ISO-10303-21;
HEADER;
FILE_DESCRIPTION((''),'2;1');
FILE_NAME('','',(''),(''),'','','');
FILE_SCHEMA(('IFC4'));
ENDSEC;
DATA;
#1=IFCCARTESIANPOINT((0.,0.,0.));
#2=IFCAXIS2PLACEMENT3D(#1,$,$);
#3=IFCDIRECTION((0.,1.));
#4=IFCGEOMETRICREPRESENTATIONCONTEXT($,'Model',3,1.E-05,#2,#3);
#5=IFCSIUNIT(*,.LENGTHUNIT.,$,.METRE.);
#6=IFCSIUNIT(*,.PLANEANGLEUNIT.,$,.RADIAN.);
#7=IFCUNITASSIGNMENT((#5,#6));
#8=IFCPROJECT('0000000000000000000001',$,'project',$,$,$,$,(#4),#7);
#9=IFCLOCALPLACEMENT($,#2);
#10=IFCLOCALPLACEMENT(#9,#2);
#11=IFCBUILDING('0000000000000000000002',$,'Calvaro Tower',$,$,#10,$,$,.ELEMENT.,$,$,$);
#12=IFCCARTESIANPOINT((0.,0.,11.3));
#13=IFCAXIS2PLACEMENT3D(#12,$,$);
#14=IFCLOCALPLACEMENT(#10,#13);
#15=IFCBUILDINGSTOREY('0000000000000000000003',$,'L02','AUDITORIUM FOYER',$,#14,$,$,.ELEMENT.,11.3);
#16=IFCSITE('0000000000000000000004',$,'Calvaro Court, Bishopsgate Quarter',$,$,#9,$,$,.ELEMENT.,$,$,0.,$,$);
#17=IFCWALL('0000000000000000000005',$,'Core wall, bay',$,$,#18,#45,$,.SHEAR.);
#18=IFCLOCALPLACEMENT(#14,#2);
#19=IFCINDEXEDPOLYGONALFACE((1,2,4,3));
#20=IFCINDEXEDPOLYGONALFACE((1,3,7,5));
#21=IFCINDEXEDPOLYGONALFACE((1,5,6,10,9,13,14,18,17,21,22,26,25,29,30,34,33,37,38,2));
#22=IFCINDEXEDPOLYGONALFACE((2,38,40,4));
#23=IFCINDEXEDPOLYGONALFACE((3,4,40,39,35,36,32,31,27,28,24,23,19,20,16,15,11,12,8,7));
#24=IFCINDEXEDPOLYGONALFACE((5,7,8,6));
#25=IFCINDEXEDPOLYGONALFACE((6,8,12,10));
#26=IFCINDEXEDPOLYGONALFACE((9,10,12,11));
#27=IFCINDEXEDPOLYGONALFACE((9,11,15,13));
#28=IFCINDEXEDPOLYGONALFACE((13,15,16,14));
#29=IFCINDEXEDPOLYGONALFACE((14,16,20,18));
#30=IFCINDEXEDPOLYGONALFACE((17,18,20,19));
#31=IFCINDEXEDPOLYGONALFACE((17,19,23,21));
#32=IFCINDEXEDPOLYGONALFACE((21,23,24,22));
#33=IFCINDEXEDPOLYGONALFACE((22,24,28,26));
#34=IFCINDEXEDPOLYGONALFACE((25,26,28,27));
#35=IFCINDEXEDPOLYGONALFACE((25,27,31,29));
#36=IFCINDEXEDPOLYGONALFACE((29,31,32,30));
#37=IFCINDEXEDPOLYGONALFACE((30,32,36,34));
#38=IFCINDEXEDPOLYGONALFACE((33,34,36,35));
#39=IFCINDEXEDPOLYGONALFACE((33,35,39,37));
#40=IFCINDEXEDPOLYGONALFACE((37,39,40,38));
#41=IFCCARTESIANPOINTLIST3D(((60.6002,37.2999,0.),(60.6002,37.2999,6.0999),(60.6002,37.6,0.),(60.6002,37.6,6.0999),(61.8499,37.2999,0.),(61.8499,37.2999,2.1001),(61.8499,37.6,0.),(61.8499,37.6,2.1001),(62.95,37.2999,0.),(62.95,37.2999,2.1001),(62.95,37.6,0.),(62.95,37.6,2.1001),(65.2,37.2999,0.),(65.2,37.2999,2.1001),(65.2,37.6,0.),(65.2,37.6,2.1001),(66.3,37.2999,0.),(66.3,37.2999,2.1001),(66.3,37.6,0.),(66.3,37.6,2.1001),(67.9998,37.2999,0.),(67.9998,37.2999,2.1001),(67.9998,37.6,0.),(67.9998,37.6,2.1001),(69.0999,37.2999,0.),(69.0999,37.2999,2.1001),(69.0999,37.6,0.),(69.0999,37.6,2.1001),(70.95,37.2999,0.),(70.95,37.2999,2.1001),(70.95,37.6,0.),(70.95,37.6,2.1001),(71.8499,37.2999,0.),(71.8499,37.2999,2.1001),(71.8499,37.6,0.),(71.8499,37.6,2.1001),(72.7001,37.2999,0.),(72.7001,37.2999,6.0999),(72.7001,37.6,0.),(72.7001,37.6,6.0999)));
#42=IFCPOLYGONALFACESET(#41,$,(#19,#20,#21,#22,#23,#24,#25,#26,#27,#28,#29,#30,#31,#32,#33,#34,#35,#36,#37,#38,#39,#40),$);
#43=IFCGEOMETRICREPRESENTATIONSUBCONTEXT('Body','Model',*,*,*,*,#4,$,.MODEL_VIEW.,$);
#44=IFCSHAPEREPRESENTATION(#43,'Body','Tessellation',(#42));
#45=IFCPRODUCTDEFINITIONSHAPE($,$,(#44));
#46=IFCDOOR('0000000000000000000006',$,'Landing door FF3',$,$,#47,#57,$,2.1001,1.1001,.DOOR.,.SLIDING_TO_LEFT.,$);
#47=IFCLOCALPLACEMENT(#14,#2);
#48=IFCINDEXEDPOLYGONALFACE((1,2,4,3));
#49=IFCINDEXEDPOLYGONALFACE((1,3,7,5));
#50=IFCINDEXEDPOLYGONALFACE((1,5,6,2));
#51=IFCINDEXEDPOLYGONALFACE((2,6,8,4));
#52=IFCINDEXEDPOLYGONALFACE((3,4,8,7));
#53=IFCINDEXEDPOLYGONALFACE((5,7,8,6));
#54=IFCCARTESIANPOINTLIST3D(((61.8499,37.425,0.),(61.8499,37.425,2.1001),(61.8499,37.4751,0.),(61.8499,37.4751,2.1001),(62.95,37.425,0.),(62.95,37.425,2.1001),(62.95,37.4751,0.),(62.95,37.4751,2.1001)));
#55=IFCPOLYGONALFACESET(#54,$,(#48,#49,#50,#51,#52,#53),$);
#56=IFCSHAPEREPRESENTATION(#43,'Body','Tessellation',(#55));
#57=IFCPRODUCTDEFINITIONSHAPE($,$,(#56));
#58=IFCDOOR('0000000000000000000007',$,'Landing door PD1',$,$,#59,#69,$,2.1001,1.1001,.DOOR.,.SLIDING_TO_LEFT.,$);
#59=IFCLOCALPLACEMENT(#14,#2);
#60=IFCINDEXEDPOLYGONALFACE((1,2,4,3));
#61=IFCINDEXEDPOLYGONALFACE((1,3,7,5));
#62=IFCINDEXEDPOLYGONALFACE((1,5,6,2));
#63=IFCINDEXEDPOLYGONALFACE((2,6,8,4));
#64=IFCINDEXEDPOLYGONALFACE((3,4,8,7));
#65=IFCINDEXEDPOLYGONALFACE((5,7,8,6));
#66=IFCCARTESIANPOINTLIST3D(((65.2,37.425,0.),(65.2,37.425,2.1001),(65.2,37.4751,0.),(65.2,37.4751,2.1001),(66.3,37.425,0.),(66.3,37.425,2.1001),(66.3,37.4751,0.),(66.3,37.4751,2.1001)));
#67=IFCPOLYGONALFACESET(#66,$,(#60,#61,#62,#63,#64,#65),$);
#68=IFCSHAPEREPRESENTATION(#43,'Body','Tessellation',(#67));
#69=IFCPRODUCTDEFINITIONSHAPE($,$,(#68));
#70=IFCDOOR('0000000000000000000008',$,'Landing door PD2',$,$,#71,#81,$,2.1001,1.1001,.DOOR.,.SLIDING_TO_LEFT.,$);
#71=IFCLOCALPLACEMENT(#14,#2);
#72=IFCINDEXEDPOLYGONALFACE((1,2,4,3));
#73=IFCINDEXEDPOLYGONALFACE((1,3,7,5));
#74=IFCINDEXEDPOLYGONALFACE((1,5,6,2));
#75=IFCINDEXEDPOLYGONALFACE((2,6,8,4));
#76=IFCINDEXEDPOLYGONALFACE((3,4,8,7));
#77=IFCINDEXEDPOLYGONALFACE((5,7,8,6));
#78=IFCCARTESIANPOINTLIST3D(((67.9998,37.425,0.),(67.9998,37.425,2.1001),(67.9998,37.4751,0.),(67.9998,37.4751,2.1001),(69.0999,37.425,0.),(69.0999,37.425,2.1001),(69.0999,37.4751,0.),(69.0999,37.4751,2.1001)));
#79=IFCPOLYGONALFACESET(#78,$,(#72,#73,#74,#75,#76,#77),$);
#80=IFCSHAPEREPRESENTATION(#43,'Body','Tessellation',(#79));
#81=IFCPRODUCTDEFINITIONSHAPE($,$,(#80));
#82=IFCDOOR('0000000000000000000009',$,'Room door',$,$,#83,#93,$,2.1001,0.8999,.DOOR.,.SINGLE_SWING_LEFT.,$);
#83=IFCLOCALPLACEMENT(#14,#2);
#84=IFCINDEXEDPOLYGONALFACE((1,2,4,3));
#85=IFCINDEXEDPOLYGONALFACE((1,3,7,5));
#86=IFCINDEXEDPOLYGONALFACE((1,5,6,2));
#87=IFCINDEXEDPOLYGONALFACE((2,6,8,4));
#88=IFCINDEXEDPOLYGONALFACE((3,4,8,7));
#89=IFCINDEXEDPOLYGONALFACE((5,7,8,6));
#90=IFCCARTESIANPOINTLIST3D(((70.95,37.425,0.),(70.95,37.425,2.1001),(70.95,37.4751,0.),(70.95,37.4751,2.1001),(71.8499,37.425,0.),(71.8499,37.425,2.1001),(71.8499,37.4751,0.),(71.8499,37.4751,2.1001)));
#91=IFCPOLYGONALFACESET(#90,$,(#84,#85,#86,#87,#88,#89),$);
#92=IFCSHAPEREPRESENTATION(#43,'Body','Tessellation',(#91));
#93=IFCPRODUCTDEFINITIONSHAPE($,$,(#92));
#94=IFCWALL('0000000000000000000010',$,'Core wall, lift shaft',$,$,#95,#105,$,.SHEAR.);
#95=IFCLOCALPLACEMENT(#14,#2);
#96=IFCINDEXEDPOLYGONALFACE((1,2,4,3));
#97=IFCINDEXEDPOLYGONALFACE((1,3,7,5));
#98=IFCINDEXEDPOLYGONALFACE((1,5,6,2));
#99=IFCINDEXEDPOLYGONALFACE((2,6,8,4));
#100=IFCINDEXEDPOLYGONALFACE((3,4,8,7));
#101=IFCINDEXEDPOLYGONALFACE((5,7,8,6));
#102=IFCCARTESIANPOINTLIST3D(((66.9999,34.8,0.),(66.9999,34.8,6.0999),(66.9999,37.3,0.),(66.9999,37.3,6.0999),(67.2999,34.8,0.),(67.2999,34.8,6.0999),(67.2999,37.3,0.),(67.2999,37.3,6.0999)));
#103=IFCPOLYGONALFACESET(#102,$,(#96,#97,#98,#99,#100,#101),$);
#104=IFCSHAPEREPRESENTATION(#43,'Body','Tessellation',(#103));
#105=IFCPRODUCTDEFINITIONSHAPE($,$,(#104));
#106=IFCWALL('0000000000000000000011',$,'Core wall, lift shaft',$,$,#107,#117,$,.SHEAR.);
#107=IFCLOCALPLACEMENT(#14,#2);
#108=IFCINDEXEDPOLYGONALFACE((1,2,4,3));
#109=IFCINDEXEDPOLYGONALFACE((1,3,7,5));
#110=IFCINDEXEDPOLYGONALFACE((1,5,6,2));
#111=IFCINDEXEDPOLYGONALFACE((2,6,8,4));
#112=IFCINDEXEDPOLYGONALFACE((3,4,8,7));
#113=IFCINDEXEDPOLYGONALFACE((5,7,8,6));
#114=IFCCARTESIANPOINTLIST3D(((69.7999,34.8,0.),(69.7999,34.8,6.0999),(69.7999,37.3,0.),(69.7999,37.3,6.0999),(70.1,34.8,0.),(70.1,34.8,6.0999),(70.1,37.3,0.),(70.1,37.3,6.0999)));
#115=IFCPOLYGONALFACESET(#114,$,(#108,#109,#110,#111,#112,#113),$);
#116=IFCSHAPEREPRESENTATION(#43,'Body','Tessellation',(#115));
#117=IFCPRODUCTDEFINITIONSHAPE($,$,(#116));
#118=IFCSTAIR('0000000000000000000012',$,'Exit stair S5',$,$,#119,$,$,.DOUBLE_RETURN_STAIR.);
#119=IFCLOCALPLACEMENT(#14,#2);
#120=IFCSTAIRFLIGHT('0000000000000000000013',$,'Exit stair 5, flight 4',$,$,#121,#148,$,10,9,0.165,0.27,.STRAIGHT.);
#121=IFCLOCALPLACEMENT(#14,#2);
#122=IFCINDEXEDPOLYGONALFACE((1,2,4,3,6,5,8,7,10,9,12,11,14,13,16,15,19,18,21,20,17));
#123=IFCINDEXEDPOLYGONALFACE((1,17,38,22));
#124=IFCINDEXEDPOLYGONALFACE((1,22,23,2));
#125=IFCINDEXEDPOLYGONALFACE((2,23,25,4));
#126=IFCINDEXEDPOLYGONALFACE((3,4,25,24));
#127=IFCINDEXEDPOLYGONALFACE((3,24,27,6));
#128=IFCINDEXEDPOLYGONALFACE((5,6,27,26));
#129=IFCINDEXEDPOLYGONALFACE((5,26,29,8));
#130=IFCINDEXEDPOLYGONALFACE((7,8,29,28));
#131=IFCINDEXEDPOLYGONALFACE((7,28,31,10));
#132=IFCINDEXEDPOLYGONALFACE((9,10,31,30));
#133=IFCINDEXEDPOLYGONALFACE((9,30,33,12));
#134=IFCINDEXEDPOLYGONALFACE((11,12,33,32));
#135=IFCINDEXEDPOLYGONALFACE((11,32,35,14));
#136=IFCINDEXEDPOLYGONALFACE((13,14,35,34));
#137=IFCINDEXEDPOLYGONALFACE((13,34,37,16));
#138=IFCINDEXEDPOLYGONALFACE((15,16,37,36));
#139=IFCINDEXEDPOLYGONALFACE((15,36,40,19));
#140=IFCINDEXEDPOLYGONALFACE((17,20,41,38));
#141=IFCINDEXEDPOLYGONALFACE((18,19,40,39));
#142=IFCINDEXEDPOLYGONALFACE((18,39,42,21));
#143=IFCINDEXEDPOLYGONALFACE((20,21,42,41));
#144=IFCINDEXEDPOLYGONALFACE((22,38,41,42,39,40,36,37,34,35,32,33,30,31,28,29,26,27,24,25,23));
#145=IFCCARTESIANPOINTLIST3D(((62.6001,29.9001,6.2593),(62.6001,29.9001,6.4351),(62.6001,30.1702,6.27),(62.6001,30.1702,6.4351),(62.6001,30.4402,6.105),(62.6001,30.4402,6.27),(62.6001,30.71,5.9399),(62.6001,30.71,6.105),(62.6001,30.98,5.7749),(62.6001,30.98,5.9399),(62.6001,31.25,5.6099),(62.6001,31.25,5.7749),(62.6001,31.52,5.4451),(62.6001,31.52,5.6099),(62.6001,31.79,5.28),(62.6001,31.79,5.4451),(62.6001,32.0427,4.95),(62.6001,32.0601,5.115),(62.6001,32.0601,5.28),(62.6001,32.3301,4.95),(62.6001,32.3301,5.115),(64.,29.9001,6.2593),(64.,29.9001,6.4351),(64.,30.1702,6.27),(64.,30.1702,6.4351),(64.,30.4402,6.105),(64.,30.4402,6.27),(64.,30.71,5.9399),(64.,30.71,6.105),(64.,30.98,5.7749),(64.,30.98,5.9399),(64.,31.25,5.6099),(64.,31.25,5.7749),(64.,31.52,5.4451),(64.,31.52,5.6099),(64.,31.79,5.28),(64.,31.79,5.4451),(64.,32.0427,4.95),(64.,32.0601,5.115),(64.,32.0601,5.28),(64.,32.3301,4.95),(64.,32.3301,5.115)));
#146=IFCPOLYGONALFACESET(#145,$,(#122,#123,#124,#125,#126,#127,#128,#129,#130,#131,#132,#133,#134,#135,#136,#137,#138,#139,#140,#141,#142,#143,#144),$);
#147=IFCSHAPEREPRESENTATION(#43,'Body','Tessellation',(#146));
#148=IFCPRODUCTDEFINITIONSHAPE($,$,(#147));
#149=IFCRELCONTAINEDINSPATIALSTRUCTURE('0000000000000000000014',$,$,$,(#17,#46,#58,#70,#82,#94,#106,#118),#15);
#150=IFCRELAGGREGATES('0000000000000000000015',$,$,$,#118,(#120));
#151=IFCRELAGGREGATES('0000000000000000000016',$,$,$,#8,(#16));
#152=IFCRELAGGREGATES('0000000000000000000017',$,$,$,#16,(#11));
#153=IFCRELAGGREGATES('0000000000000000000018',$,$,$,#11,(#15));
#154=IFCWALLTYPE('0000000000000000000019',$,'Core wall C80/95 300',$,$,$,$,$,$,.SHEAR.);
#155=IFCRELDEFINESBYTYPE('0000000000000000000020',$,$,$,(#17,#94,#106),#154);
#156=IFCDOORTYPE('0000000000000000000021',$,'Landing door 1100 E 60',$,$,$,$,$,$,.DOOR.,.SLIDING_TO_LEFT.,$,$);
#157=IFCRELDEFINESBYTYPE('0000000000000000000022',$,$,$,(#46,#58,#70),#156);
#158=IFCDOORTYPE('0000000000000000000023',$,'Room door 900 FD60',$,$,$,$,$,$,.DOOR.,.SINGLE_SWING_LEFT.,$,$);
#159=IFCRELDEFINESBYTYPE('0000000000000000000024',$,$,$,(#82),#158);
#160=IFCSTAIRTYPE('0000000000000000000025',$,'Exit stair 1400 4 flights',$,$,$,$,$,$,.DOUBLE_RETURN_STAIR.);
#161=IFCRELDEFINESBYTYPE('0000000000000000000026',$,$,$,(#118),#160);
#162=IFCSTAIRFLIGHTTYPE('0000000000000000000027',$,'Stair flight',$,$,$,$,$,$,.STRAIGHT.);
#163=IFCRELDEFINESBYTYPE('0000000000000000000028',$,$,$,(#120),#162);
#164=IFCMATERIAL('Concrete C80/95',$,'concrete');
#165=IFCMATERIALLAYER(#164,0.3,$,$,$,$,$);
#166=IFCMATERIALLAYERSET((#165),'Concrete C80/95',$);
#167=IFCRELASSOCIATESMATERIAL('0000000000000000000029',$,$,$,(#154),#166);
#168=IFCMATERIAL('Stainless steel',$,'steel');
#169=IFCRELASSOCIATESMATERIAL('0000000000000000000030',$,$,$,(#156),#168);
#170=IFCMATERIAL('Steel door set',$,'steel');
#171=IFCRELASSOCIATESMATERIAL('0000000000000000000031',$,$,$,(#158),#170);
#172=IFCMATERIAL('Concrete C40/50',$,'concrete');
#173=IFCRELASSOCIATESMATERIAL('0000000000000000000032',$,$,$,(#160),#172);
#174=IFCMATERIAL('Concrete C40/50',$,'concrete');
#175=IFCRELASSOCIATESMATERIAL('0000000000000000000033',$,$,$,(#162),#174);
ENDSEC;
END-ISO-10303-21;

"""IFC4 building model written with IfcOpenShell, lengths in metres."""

from ifc_helpers import new_model, si_unit, direction, frame, frame_2d, origin, place, context, subcontext, project, spatial, polyline, rectangle, outline, extrude, material, layer, layer_set, type_object, element, fill, aggregate, save


model = new_model("IFC4")

# Units and contexts
model_context = context("Model", 3, precision=1e-05, world=origin(), true_north=direction((0.0, 1.0)))
body_context = subcontext(model_context, "Body", "Model", "MODEL_VIEW")
ifc_project = project(units=[si_unit("LENGTHUNIT", "METRE"), si_unit("PLANEANGLEUNIT", "RADIAN")], contexts=[model_context])

# Site, building, storey
site_placement = place(None, origin())
site = spatial("IfcSite", under=ifc_project, at=site_placement, Name="Calvaro Court, Bishopsgate Quarter", CompositionType="ELEMENT", RefElevation=0.0)
building_placement = place(site_placement, origin())
building = spatial("IfcBuilding", under=site, at=building_placement, Name="Calvaro Tower", CompositionType="ELEMENT")
storey_placement = place(building_placement, frame((0.0, 0.0, 11.3)))
storey = spatial("IfcBuildingStorey", under=building, at=storey_placement, Name="L02", Description="AUDITORIUM FOYER", CompositionType="ELEMENT", Elevation=11.3)

# Shared definitions
ifc_material_1 = material(Name="Concrete C80/95", Category="concrete")
ifc_layer_1 = layer(ifc_material_1, 0.3)
ifc_layer_set_1 = layer_set([ifc_layer_1], Name="Concrete C80/95")
wall_type_1 = type_object("IfcWallType", Name="Core wall C80/95 300", PredefinedType="SHEAR", material=ifc_layer_set_1)

# Wall, openings, doors
wall_1_placement = place(storey_placement, frame((72.7, 37.45, 0.0), z_axis=(0.0, 0.0, 1.0), x_axis=(-1.0, 0.0, 0.0)))
wall_1 = element("IfcWall", 1, at=wall_1_placement, inside=storey, type_object=wall_type_1, Name="Core wall, bay", PredefinedType="SHEAR", context=body_context, shape_type="SweptSolid", body=[
    extrude(rectangle(XDim=12.0999, YDim=0.3, at=frame_2d((6.0498, 0.0))), origin(), (0.0, 0.0, 1.0), 6.0999),
])
opening_1_placement = place(wall_1_placement, frame((0.8501, 0.0, 0.0)))
opening_1 = element("IfcOpeningElement", 2, at=opening_1_placement, cuts=wall_1, PredefinedType="OPENING", context=body_context, shape_type="SweptSolid", body=[
    extrude(rectangle(XDim=0.8999, YDim=2.1001, at=frame_2d((0.45, 1.05))), frame((0.0, 0.1599, 0.0), z_axis=(0.0, -1.0, 0.0), x_axis=(1.0, 0.0, 0.0)), (0.0, 0.0, 1.0), 0.3201),
])
opening_2_placement = place(wall_1_placement, frame((9.75, 0.0, 0.0)))
opening_2 = element("IfcOpeningElement", 3, at=opening_2_placement, cuts=wall_1, PredefinedType="OPENING", context=body_context, shape_type="SweptSolid", body=[
    extrude(rectangle(XDim=1.1001, YDim=2.1001, at=frame_2d((0.55, 1.05))), frame((0.0, 0.1599, 0.0), z_axis=(0.0, -1.0, 0.0), x_axis=(1.0, 0.0, 0.0)), (0.0, 0.0, 1.0), 0.3201),
])
opening_3_placement = place(wall_1_placement, frame((6.3999, 0.0, 0.0)))
opening_3 = element("IfcOpeningElement", 4, at=opening_3_placement, cuts=wall_1, PredefinedType="OPENING", context=body_context, shape_type="SweptSolid", body=[
    extrude(rectangle(XDim=1.1001, YDim=2.1001, at=frame_2d((0.55, 1.05))), frame((0.0, 0.1599, 0.0), z_axis=(0.0, -1.0, 0.0), x_axis=(1.0, 0.0, 0.0)), (0.0, 0.0, 1.0), 0.3201),
])
opening_4_placement = place(wall_1_placement, frame((3.6001, 0.0, 0.0)))
opening_4 = element("IfcOpeningElement", 5, at=opening_4_placement, cuts=wall_1, PredefinedType="OPENING", context=body_context, shape_type="SweptSolid", body=[
    extrude(rectangle(XDim=1.1001, YDim=2.1001, at=frame_2d((0.55, 1.05))), frame((0.0, 0.1599, 0.0), z_axis=(0.0, -1.0, 0.0), x_axis=(1.0, 0.0, 0.0)), (0.0, 0.0, 1.0), 0.3201),
])
ifc_material_2 = material(Name="Stainless steel", Category="steel")
door_type_1 = type_object("IfcDoorType", Name="Landing door 1100 E 60", OperationType="SLIDING_TO_LEFT", PredefinedType="DOOR", material=ifc_material_2)
door_1_placement = place(opening_2_placement, origin())
door_1 = element("IfcDoor", 6, at=door_1_placement, inside=storey, type_object=door_type_1, Name="Landing door FF3", OperationType="SLIDING_TO_LEFT", OverallHeight=2.1001, OverallWidth=1.1001, PredefinedType="DOOR", context=body_context, shape_type="SweptSolid", body=[
    extrude(rectangle(XDim=1.1001, YDim=2.1001, at=frame_2d((0.55, 1.05))), frame((0.0, 0.0249, 0.0), z_axis=(0.0, -1.0, 0.0), x_axis=(1.0, 0.0, 0.0)), (0.0, 0.0, 1.0), 0.05),
])
fill(opening_2, door_1)
door_2_placement = place(opening_3_placement, origin())
door_2 = element("IfcDoor", 7, at=door_2_placement, inside=storey, type_object=door_type_1, Name="Landing door PD1", OperationType="SLIDING_TO_LEFT", OverallHeight=2.1001, OverallWidth=1.1001, PredefinedType="DOOR", context=body_context, shape_type="SweptSolid", body=[
    extrude(rectangle(XDim=1.1001, YDim=2.1001, at=frame_2d((0.55, 1.05))), frame((0.0, 0.0249, 0.0), z_axis=(0.0, -1.0, 0.0), x_axis=(1.0, 0.0, 0.0)), (0.0, 0.0, 1.0), 0.05),
])
fill(opening_3, door_2)
door_3_placement = place(opening_4_placement, origin())
door_3 = element("IfcDoor", 8, at=door_3_placement, inside=storey, type_object=door_type_1, Name="Landing door PD2", OperationType="SLIDING_TO_LEFT", OverallHeight=2.1001, OverallWidth=1.1001, PredefinedType="DOOR", context=body_context, shape_type="SweptSolid", body=[
    extrude(rectangle(XDim=1.1001, YDim=2.1001, at=frame_2d((0.55, 1.05))), frame((0.0, 0.0249, 0.0), z_axis=(0.0, -1.0, 0.0), x_axis=(1.0, 0.0, 0.0)), (0.0, 0.0, 1.0), 0.05),
])
fill(opening_4, door_3)
ifc_material_3 = material(Name="Steel door set", Category="steel")
door_type_2 = type_object("IfcDoorType", Name="Room door 900 FD60", OperationType="SINGLE_SWING_LEFT", PredefinedType="DOOR", material=ifc_material_3)
door_4_placement = place(opening_1_placement, origin())
door_4 = element("IfcDoor", 9, at=door_4_placement, inside=storey, type_object=door_type_2, Name="Room door", OperationType="SINGLE_SWING_LEFT", OverallHeight=2.1001, OverallWidth=0.8999, PredefinedType="DOOR", context=body_context, shape_type="SweptSolid", body=[
    extrude(rectangle(XDim=0.8999, YDim=2.1001, at=frame_2d((0.45, 1.05))), frame((0.0, 0.0249, 0.0), z_axis=(0.0, -1.0, 0.0), x_axis=(1.0, 0.0, 0.0)), (0.0, 0.0, 1.0), 0.05),
])
fill(opening_1, door_4)

# Walls
for number, where, z_axis, x_axis, name in (
    (10, (67.1499, 34.8, 0.0), (0.0, 0.0, 1.0), (0.0, 1.0, 0.0), "Core wall, lift shaft"),
    (11, (69.95, 34.8, 0.0), (0.0, 0.0, 1.0), (0.0, 1.0, 0.0), "Core wall, lift shaft"),
):
    element("IfcWall", number, at=place(storey_placement, frame(where, z_axis=z_axis, x_axis=x_axis)), inside=storey, type_object=wall_type_1, Name=name, PredefinedType="SHEAR", context=body_context, shape_type="SweptSolid", body=[
        extrude(rectangle(XDim=2.5, YDim=0.3, at=frame_2d((1.25, 0.0))), origin(), (0.0, 0.0, 1.0), 6.0999),
    ])

# Stair, stair flight
ifc_material_4 = material(Name="Concrete C40/50", Category="concrete")
stair_type = type_object("IfcStairType", Name="Exit stair 1400 4 flights", PredefinedType="DOUBLE_RETURN_STAIR", material=ifc_material_4)
stair_placement = place(storey_placement, origin())
stair = element("IfcStair", 12, at=stair_placement, inside=storey, type_object=stair_type, Name="Exit stair S5", PredefinedType="DOUBLE_RETURN_STAIR")
ifc_material_5 = material(Name="Concrete C40/50", Category="concrete")
stair_flight_type = type_object("IfcStairFlightType", Name="Stair flight", PredefinedType="STRAIGHT", material=ifc_material_5)
stair_flight_placement = place(storey_placement, frame((63.3, 32.3301, 4.95), z_axis=(0.0, 0.0, 1.0), x_axis=(0.0, -1.0, 0.0)))
stair_flight = element("IfcStairFlight", 13, at=stair_flight_placement, type_object=stair_flight_type, Name="Exit stair 5, flight 4", NumberOfRisers=10, NumberOfTreads=9, PredefinedType="STRAIGHT", RiserHeight=0.165, TreadLength=0.27, context=body_context, shape_type="SweptSolid", body=[
    extrude(outline(polyline([(0.0, 0.0), (0.0, 0.165), (0.27, 0.165), (0.27, 0.3301), (0.54, 0.3301), (0.54, 0.4951), (0.8101, 0.4951), (0.8101, 0.6599), (1.0801, 0.6599), (1.0801, 0.825), (1.3501, 0.825), (1.3501, 0.99), (1.6201, 0.99), (1.6201, 1.155), (1.8899, 1.155), (1.8899, 1.3201), (2.1599, 1.3201), (2.1599, 1.4851), (2.4299, 1.4851), (2.4299, 1.6499), (2.4299, 1.3093), (0.2874, 0.0), (0.0, 0.0)])), frame((0.0, 0.7, 0.0), z_axis=(0.0, -1.0, 0.0), x_axis=(1.0, 0.0, 0.0)), (0.0, 0.0, 1.0), 1.3999),
])
aggregate(stair, [stair_flight])

save(model, "model.ifc")
